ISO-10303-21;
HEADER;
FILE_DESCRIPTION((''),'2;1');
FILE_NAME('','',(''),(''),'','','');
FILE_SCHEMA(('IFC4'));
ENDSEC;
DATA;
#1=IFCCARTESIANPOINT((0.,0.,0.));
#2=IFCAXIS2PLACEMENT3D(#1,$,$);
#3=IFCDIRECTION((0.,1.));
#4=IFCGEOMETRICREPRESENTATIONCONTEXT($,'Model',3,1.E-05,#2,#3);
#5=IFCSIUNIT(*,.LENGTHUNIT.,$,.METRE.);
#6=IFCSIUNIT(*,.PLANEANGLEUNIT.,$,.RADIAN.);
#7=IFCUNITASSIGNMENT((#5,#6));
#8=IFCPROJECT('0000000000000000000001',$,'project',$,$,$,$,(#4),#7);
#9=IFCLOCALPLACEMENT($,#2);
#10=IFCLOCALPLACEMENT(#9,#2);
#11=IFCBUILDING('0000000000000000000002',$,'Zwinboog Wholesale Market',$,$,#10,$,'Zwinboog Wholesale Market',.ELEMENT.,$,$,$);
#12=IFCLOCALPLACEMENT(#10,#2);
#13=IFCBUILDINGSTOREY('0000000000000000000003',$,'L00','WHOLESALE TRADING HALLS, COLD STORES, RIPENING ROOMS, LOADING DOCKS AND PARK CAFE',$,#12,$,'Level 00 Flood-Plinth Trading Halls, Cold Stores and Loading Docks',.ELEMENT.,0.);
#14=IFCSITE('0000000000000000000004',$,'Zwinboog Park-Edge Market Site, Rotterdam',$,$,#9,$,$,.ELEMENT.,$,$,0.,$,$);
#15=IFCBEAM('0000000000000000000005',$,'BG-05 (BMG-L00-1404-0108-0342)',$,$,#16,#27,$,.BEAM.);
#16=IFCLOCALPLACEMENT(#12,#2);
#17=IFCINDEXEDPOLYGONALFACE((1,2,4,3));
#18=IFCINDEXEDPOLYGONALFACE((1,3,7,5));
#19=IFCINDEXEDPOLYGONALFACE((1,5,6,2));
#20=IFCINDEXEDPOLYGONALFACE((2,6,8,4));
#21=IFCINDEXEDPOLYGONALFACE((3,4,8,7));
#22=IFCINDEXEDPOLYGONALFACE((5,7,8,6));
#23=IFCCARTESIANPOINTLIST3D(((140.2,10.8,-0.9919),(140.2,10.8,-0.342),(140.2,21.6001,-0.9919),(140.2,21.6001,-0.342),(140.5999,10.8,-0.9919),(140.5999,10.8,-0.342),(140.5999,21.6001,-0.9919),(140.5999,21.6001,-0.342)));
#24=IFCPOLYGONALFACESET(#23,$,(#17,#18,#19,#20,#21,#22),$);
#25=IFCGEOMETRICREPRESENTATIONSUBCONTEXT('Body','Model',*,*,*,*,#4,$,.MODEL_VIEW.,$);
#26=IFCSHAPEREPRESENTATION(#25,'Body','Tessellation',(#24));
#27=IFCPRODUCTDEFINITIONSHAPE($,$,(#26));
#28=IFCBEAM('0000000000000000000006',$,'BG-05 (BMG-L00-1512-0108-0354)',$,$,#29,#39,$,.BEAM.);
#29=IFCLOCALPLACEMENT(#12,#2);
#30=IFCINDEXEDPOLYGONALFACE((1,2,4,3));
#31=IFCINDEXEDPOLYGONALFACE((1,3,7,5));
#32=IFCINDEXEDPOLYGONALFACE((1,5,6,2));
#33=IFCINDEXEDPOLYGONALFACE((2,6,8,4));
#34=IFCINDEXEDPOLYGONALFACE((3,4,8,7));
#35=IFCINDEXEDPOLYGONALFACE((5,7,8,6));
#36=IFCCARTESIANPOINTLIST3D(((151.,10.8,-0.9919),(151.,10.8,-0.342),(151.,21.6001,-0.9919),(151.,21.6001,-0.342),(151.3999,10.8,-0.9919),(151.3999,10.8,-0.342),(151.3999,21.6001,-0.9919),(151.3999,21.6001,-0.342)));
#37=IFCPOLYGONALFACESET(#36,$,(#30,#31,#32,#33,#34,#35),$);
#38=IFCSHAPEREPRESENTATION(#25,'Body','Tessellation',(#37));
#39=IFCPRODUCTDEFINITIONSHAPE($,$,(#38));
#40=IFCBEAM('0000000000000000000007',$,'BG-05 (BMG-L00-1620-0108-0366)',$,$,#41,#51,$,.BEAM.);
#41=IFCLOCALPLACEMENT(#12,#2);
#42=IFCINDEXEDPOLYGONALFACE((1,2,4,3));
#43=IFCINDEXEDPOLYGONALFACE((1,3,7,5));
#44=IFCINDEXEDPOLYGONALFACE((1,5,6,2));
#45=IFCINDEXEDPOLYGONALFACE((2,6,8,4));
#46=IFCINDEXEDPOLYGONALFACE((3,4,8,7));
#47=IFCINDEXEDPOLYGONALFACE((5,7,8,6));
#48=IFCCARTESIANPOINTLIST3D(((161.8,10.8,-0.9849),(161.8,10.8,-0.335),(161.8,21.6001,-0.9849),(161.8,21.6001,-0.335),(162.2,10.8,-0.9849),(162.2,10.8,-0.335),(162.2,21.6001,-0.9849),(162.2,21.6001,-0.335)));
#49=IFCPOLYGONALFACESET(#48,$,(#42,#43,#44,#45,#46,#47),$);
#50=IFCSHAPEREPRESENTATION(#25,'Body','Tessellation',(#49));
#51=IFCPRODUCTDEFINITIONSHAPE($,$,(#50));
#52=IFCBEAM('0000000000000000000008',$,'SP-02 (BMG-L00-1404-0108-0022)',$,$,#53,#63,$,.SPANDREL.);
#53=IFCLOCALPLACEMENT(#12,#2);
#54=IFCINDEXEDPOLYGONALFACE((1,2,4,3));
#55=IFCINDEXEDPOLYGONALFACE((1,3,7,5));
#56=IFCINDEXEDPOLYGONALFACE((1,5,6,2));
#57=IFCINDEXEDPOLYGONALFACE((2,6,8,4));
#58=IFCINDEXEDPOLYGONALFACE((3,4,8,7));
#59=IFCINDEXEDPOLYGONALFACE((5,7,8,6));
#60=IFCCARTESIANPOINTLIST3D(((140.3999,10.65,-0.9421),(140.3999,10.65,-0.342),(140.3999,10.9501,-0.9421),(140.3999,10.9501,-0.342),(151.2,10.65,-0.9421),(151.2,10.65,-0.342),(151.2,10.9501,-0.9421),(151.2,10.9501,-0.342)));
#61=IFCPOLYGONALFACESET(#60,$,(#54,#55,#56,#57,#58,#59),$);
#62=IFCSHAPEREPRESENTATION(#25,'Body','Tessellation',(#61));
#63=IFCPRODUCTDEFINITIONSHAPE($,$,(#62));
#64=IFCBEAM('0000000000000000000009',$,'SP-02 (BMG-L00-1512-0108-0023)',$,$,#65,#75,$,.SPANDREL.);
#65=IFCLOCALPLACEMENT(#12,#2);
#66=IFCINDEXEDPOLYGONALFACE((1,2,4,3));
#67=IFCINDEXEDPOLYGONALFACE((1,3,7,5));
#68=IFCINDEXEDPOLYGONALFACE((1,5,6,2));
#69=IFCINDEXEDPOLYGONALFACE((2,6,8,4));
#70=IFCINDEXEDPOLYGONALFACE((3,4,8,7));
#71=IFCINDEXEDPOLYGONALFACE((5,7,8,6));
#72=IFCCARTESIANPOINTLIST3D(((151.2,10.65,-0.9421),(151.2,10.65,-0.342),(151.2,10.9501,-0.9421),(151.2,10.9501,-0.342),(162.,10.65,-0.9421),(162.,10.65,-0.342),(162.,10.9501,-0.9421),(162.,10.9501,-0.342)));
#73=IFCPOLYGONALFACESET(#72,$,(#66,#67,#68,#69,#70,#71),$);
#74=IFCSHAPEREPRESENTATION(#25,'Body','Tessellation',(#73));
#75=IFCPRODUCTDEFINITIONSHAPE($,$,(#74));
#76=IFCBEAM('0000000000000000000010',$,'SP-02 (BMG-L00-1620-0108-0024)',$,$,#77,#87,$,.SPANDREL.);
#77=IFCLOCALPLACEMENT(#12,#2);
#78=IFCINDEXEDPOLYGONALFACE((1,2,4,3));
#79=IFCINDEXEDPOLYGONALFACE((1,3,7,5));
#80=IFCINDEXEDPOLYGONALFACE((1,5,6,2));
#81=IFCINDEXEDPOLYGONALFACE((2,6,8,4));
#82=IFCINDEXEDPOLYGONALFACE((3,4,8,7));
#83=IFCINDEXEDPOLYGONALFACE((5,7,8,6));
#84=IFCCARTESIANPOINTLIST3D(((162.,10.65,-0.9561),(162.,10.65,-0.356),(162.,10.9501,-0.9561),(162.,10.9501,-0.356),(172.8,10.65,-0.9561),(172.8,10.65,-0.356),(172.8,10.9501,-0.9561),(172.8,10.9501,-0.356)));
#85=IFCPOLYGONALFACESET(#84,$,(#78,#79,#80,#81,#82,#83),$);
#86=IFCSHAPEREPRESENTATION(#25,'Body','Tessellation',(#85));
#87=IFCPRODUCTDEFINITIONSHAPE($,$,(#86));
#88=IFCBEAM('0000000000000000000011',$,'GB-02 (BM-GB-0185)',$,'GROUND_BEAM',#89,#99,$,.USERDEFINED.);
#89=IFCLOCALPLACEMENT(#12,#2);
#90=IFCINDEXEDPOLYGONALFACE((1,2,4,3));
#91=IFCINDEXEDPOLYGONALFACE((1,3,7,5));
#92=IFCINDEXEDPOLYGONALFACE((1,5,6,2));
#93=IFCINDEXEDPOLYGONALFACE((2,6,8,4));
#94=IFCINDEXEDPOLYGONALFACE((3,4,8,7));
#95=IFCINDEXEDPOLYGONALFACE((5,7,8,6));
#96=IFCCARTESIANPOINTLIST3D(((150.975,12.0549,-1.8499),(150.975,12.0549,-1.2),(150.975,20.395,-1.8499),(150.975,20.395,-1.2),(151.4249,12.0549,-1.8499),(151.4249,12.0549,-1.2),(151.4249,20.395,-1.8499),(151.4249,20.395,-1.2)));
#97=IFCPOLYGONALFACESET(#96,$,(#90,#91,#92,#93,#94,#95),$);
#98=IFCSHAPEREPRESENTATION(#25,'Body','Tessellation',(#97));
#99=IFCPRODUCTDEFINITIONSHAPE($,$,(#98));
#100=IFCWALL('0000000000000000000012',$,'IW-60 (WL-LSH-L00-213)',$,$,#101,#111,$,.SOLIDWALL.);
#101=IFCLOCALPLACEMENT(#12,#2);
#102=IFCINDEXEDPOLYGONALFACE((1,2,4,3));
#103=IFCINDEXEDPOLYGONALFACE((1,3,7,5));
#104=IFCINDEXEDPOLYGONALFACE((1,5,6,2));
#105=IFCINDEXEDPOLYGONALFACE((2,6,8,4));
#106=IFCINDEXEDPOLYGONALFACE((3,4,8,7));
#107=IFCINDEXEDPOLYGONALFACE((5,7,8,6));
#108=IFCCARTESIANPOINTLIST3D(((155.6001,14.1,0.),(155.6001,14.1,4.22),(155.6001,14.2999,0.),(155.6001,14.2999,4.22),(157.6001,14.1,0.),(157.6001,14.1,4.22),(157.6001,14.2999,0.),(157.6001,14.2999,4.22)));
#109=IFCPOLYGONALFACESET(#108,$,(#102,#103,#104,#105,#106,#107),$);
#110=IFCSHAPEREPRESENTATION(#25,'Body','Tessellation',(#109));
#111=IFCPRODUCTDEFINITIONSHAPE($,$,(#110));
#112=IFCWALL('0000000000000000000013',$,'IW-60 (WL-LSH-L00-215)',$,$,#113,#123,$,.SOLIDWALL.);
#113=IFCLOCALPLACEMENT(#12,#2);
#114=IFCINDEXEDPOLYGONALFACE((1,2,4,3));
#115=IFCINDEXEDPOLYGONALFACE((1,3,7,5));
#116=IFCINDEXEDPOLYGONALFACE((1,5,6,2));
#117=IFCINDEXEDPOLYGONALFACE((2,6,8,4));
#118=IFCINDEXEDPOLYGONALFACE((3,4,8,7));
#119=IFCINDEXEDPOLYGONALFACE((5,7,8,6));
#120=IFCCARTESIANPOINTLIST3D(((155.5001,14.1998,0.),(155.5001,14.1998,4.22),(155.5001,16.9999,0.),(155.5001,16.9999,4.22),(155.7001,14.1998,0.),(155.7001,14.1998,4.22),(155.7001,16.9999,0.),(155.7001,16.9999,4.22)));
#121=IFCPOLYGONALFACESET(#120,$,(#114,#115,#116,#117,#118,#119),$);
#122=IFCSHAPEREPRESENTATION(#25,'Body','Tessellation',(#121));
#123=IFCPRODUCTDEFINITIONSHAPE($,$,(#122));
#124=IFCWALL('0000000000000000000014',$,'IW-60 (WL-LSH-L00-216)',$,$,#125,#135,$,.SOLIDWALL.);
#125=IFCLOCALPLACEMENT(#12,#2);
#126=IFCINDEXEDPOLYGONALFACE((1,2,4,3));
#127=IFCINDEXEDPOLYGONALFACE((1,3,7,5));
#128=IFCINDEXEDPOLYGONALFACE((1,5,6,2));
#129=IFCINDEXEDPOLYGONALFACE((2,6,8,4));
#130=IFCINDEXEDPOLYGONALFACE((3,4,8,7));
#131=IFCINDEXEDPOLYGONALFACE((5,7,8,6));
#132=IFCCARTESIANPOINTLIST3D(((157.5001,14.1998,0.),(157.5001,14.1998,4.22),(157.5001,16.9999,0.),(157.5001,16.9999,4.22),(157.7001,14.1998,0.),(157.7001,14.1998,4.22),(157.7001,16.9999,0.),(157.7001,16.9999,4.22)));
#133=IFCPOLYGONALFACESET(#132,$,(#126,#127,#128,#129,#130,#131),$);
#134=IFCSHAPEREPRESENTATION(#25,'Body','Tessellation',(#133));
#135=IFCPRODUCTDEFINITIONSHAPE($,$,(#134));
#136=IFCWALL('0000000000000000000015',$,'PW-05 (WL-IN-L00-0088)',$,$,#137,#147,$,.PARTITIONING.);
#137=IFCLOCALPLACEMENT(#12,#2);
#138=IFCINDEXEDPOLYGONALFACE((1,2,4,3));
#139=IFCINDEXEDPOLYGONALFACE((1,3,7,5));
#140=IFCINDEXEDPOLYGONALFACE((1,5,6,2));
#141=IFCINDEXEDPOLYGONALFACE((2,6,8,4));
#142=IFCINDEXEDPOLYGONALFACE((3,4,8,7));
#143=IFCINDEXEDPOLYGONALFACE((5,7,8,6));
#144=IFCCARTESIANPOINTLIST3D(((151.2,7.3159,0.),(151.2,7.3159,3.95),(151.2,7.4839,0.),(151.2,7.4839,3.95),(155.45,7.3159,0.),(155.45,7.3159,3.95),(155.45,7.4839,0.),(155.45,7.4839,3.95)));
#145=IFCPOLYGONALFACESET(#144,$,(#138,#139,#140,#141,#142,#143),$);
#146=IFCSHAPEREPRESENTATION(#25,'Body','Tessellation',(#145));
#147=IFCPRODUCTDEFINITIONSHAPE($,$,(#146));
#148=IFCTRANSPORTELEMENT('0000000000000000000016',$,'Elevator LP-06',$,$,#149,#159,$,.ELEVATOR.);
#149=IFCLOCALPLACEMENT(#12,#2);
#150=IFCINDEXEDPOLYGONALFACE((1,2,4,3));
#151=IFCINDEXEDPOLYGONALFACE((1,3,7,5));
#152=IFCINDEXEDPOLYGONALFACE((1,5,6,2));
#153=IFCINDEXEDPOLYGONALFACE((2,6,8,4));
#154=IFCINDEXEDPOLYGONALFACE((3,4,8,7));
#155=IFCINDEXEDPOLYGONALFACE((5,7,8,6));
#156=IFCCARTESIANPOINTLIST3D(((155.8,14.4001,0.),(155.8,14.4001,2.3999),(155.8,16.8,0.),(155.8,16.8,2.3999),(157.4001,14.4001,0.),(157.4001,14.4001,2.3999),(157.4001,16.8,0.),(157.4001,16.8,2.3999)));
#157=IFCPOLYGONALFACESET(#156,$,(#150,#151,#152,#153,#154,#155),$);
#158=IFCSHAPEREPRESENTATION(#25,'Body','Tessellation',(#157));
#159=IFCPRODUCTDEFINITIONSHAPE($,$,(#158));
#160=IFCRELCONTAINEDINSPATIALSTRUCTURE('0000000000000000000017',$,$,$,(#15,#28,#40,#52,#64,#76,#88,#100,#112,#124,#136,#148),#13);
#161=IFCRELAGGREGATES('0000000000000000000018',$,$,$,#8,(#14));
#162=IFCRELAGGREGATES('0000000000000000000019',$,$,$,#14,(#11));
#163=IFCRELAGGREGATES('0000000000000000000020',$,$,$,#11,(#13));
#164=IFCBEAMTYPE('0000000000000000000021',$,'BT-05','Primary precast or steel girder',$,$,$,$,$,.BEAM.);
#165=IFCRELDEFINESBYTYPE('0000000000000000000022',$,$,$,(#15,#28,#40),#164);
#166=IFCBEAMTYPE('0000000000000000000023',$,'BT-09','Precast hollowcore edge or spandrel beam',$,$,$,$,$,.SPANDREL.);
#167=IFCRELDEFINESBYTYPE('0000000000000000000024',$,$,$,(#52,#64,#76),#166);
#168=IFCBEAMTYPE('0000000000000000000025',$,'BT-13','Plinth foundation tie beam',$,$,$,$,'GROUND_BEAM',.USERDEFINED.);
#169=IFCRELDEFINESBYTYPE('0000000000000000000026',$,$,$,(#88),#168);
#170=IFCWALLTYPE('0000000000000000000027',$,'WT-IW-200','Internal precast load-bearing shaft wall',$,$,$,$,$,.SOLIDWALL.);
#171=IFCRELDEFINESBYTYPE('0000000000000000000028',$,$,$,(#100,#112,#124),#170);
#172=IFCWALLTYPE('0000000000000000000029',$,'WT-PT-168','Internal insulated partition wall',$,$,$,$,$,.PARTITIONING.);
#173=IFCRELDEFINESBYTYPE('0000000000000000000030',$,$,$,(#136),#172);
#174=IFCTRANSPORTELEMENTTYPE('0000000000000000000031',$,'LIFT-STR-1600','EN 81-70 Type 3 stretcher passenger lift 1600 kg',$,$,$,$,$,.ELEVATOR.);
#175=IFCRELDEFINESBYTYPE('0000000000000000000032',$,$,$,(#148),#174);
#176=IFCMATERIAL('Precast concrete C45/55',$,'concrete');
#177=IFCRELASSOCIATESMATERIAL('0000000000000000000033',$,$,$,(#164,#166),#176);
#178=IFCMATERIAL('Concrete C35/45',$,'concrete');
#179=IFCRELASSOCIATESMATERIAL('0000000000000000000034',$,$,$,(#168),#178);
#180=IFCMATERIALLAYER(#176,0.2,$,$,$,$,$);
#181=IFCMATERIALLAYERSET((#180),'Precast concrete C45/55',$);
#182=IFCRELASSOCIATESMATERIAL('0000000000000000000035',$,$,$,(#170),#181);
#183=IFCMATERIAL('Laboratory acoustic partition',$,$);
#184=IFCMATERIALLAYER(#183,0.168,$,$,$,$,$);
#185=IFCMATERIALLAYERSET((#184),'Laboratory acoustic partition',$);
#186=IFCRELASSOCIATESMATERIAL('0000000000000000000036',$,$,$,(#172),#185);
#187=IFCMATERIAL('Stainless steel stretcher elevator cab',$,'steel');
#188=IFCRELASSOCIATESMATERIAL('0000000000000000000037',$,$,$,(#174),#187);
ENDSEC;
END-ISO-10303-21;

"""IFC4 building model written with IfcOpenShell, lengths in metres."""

from ifc_helpers import new_model, si_unit, direction, frame, frame_2d, origin, origin_2d, place, context, subcontext, project, spatial, rectangle, extrude, material, layer, layer_set, material_profile, profile_set, type_object, element, save


model = new_model("IFC4")

# Units and contexts
model_context = context("Model", 3, precision=1e-05, world=origin(), true_north=direction((0.0, 1.0)))
body_context = subcontext(model_context, "Body", "Model", "MODEL_VIEW")
ifc_project = project(units=[si_unit("LENGTHUNIT", "METRE"), si_unit("PLANEANGLEUNIT", "RADIAN")], contexts=[model_context])

# Site, building, storey
site_placement = place(None, origin())
site = spatial("IfcSite", under=ifc_project, at=site_placement, Name="Zwinboog Park-Edge Market Site, Rotterdam", CompositionType="ELEMENT", RefElevation=0.0)
building_placement = place(site_placement, origin())
building = spatial("IfcBuilding", under=site, at=building_placement, Name="Zwinboog Wholesale Market", LongName="Zwinboog Wholesale Market", CompositionType="ELEMENT")
storey_placement = place(building_placement, origin())
storey = spatial("IfcBuildingStorey", under=building, at=storey_placement, Name="L00", Description="WHOLESALE TRADING HALLS, COLD STORES, RIPENING ROOMS, LOADING DOCKS AND PARK CAFE", LongName="Level 00 Flood-Plinth Trading Halls, Cold Stores and Loading Docks", CompositionType="ELEMENT", Elevation=0.0)

# Shared definitions
ifc_material_1 = material(Name="Concrete C35/45", Category="concrete")

# Shared definitions
ifc_material_2 = material(Name="Precast concrete C45/55", Category="concrete")

# Beams
ifc_material_profile_1 = material_profile(ifc_material_2, rectangle(XDim=0.3999, YDim=0.6499, at=origin_2d()), Name="PC 400x650")
ifc_profile_set_1 = profile_set([ifc_material_profile_1], Name="Precast concrete C45/55")
beam_type_1 = type_object("IfcBeamType", Name="BT-05", Description="Primary precast or steel girder", PredefinedType="BEAM", material=ifc_profile_set_1)
for number, where, z_axis, x_axis, name in (
    (1, (140.3999, 10.8, -0.667), (0.0, 1.0, 0.0), (-1.0, 0.0, 0.0), "BG-05 (BMG-L00-1404-0108-0342)"),
    (2, (151.2, 10.8, -0.667), (0.0, 1.0, 0.0), (-1.0, 0.0, 0.0), "BG-05 (BMG-L00-1512-0108-0354)"),
    (3, (162.0, 10.8, -0.6599), (0.0, 1.0, 0.0), (-1.0, 0.0, 0.0), "BG-05 (BMG-L00-1620-0108-0366)"),
):
    element("IfcBeam", number, at=place(storey_placement, frame(where, z_axis=z_axis, x_axis=x_axis)), inside=storey, type_object=beam_type_1, Name=name, PredefinedType="BEAM", context=body_context, shape_type="SweptSolid", body=[
        extrude(rectangle(XDim=0.3999, YDim=0.6499, at=origin_2d()), origin(), (0.0, 0.0, 1.0), 10.8),
    ])
ifc_material_profile_2 = material_profile(ifc_material_2, rectangle(XDim=0.3, YDim=0.6001, at=origin_2d()), Name="PC 300x600")
ifc_profile_set_2 = profile_set([ifc_material_profile_2], Name="Precast concrete C45/55")
beam_type_2 = type_object("IfcBeamType", Name="BT-09", Description="Precast hollowcore edge or spandrel beam", PredefinedType="SPANDREL", material=ifc_profile_set_2)
for number, where, z_axis, x_axis, name in (
    (4, (140.3999, 10.8, -0.6421), (1.0, 0.0, 0.0), (0.0, 1.0, 0.0), "SP-02 (BMG-L00-1404-0108-0022)"),
    (5, (151.2, 10.8, -0.6421), (1.0, 0.0, 0.0), (0.0, 1.0, 0.0), "SP-02 (BMG-L00-1512-0108-0023)"),
    (6, (162.0, 10.8, -0.656), (1.0, 0.0, 0.0), (0.0, 1.0, 0.0), "SP-02 (BMG-L00-1620-0108-0024)"),
):
    element("IfcBeam", number, at=place(storey_placement, frame(where, z_axis=z_axis, x_axis=x_axis)), inside=storey, type_object=beam_type_2, Name=name, PredefinedType="SPANDREL", context=body_context, shape_type="SweptSolid", body=[
        extrude(rectangle(XDim=0.3, YDim=0.6001, at=origin_2d()), origin(), (0.0, 0.0, 1.0), 10.8),
    ])
ifc_material_profile_3 = material_profile(ifc_material_1, rectangle(XDim=0.45, YDim=0.6499, at=origin_2d()), Name="RC 450x650")
ifc_profile_set_3 = profile_set([ifc_material_profile_3], Name="Concrete C35/45")
beam_type_3 = type_object("IfcBeamType", Name="BT-13", Description="Plinth foundation tie beam", ElementType="GROUND_BEAM", PredefinedType="USERDEFINED", material=ifc_profile_set_3)
beam_placement = place(storey_placement, frame((151.2, 12.0549, -1.5249), z_axis=(0.0, 1.0, 0.0), x_axis=(-1.0, 0.0, 0.0)))
element("IfcBeam", 7, at=beam_placement, inside=storey, type_object=beam_type_3, Name="GB-02 (BM-GB-0185)", ObjectType="GROUND_BEAM", PredefinedType="USERDEFINED", context=body_context, shape_type="SweptSolid", body=[
    extrude(rectangle(XDim=0.45, YDim=0.6499, at=origin_2d()), origin(), (0.0, 0.0, 1.0), 8.3401),
])

# Walls
ifc_layer_1 = layer(ifc_material_2, 0.2)
ifc_layer_set_1 = layer_set([ifc_layer_1], Name="Precast concrete C45/55")
wall_type_1 = type_object("IfcWallType", Name="WT-IW-200", Description="Internal precast load-bearing shaft wall", PredefinedType="SOLIDWALL", material=ifc_layer_set_1)
wall_1_placement = place(storey_placement, frame((155.6001, 14.2, 0.0), z_axis=(0.0, 0.0, 1.0), x_axis=(1.0, 0.0, 0.0)))
element("IfcWall", 8, at=wall_1_placement, inside=storey, type_object=wall_type_1, Name="IW-60 (WL-LSH-L00-213)", PredefinedType="SOLIDWALL", context=body_context, shape_type="SweptSolid", body=[
    extrude(rectangle(XDim=2.0, YDim=0.2, at=frame_2d((1.0, 0.0))), origin(), (0.0, 0.0, 1.0), 4.22),
])
for number, where, z_axis, x_axis, name in (
    (9, (155.6001, 14.2, 0.0), (0.0, 0.0, 1.0), (0.0, 1.0, 0.0), "IW-60 (WL-LSH-L00-215)"),
    (10, (157.6001, 14.2, 0.0), (0.0, 0.0, 1.0), (0.0, 1.0, 0.0), "IW-60 (WL-LSH-L00-216)"),
):
    element("IfcWall", number, at=place(storey_placement, frame(where, z_axis=z_axis, x_axis=x_axis)), inside=storey, type_object=wall_type_1, Name=name, PredefinedType="SOLIDWALL", context=body_context, shape_type="SweptSolid", body=[
        extrude(rectangle(XDim=2.8, YDim=0.2, at=frame_2d((1.3999, 0.0))), origin(), (0.0, 0.0, 1.0), 4.22),
    ])
ifc_material_3 = material(Name="Laboratory acoustic partition")
ifc_layer_2 = layer(ifc_material_3, 0.168)
ifc_layer_set_2 = layer_set([ifc_layer_2], Name="Laboratory acoustic partition")
wall_type_2 = type_object("IfcWallType", Name="WT-PT-168", Description="Internal insulated partition wall", PredefinedType="PARTITIONING", material=ifc_layer_set_2)
wall_2_placement = place(storey_placement, frame((151.2, 7.3999, 0.0), z_axis=(0.0, 0.0, 1.0), x_axis=(1.0, 0.0, 0.0)))
element("IfcWall", 11, at=wall_2_placement, inside=storey, type_object=wall_type_2, Name="PW-05 (WL-IN-L00-0088)", PredefinedType="PARTITIONING", context=body_context, shape_type="SweptSolid", body=[
    extrude(rectangle(XDim=4.25, YDim=0.168, at=frame_2d((2.125, 0.0))), origin(), (0.0, 0.0, 1.0), 3.95),
])

# Transport element
ifc_material_4 = material(Name="Stainless steel stretcher elevator cab", Category="steel")
transport_element_type = type_object("IfcTransportElementType", Name="LIFT-STR-1600", Description="EN 81-70 Type 3 stretcher passenger lift 1600 kg", PredefinedType="ELEVATOR", material=ifc_material_4)
transport_element_placement = place(storey_placement, frame((156.6001, 15.6001, 0.0), z_axis=(0.0, 0.0, 1.0), x_axis=(1.0, 0.0, 0.0)))
element("IfcTransportElement", 12, at=transport_element_placement, inside=storey, type_object=transport_element_type, Name="Elevator LP-06", PredefinedType="ELEVATOR", context=body_context, shape_type="SweptSolid", body=[
    extrude(rectangle(XDim=1.6001, YDim=2.3999, at=origin_2d()), origin(), (0.0, 0.0, 1.0), 2.3999),
])

save(model, "model.ifc")
